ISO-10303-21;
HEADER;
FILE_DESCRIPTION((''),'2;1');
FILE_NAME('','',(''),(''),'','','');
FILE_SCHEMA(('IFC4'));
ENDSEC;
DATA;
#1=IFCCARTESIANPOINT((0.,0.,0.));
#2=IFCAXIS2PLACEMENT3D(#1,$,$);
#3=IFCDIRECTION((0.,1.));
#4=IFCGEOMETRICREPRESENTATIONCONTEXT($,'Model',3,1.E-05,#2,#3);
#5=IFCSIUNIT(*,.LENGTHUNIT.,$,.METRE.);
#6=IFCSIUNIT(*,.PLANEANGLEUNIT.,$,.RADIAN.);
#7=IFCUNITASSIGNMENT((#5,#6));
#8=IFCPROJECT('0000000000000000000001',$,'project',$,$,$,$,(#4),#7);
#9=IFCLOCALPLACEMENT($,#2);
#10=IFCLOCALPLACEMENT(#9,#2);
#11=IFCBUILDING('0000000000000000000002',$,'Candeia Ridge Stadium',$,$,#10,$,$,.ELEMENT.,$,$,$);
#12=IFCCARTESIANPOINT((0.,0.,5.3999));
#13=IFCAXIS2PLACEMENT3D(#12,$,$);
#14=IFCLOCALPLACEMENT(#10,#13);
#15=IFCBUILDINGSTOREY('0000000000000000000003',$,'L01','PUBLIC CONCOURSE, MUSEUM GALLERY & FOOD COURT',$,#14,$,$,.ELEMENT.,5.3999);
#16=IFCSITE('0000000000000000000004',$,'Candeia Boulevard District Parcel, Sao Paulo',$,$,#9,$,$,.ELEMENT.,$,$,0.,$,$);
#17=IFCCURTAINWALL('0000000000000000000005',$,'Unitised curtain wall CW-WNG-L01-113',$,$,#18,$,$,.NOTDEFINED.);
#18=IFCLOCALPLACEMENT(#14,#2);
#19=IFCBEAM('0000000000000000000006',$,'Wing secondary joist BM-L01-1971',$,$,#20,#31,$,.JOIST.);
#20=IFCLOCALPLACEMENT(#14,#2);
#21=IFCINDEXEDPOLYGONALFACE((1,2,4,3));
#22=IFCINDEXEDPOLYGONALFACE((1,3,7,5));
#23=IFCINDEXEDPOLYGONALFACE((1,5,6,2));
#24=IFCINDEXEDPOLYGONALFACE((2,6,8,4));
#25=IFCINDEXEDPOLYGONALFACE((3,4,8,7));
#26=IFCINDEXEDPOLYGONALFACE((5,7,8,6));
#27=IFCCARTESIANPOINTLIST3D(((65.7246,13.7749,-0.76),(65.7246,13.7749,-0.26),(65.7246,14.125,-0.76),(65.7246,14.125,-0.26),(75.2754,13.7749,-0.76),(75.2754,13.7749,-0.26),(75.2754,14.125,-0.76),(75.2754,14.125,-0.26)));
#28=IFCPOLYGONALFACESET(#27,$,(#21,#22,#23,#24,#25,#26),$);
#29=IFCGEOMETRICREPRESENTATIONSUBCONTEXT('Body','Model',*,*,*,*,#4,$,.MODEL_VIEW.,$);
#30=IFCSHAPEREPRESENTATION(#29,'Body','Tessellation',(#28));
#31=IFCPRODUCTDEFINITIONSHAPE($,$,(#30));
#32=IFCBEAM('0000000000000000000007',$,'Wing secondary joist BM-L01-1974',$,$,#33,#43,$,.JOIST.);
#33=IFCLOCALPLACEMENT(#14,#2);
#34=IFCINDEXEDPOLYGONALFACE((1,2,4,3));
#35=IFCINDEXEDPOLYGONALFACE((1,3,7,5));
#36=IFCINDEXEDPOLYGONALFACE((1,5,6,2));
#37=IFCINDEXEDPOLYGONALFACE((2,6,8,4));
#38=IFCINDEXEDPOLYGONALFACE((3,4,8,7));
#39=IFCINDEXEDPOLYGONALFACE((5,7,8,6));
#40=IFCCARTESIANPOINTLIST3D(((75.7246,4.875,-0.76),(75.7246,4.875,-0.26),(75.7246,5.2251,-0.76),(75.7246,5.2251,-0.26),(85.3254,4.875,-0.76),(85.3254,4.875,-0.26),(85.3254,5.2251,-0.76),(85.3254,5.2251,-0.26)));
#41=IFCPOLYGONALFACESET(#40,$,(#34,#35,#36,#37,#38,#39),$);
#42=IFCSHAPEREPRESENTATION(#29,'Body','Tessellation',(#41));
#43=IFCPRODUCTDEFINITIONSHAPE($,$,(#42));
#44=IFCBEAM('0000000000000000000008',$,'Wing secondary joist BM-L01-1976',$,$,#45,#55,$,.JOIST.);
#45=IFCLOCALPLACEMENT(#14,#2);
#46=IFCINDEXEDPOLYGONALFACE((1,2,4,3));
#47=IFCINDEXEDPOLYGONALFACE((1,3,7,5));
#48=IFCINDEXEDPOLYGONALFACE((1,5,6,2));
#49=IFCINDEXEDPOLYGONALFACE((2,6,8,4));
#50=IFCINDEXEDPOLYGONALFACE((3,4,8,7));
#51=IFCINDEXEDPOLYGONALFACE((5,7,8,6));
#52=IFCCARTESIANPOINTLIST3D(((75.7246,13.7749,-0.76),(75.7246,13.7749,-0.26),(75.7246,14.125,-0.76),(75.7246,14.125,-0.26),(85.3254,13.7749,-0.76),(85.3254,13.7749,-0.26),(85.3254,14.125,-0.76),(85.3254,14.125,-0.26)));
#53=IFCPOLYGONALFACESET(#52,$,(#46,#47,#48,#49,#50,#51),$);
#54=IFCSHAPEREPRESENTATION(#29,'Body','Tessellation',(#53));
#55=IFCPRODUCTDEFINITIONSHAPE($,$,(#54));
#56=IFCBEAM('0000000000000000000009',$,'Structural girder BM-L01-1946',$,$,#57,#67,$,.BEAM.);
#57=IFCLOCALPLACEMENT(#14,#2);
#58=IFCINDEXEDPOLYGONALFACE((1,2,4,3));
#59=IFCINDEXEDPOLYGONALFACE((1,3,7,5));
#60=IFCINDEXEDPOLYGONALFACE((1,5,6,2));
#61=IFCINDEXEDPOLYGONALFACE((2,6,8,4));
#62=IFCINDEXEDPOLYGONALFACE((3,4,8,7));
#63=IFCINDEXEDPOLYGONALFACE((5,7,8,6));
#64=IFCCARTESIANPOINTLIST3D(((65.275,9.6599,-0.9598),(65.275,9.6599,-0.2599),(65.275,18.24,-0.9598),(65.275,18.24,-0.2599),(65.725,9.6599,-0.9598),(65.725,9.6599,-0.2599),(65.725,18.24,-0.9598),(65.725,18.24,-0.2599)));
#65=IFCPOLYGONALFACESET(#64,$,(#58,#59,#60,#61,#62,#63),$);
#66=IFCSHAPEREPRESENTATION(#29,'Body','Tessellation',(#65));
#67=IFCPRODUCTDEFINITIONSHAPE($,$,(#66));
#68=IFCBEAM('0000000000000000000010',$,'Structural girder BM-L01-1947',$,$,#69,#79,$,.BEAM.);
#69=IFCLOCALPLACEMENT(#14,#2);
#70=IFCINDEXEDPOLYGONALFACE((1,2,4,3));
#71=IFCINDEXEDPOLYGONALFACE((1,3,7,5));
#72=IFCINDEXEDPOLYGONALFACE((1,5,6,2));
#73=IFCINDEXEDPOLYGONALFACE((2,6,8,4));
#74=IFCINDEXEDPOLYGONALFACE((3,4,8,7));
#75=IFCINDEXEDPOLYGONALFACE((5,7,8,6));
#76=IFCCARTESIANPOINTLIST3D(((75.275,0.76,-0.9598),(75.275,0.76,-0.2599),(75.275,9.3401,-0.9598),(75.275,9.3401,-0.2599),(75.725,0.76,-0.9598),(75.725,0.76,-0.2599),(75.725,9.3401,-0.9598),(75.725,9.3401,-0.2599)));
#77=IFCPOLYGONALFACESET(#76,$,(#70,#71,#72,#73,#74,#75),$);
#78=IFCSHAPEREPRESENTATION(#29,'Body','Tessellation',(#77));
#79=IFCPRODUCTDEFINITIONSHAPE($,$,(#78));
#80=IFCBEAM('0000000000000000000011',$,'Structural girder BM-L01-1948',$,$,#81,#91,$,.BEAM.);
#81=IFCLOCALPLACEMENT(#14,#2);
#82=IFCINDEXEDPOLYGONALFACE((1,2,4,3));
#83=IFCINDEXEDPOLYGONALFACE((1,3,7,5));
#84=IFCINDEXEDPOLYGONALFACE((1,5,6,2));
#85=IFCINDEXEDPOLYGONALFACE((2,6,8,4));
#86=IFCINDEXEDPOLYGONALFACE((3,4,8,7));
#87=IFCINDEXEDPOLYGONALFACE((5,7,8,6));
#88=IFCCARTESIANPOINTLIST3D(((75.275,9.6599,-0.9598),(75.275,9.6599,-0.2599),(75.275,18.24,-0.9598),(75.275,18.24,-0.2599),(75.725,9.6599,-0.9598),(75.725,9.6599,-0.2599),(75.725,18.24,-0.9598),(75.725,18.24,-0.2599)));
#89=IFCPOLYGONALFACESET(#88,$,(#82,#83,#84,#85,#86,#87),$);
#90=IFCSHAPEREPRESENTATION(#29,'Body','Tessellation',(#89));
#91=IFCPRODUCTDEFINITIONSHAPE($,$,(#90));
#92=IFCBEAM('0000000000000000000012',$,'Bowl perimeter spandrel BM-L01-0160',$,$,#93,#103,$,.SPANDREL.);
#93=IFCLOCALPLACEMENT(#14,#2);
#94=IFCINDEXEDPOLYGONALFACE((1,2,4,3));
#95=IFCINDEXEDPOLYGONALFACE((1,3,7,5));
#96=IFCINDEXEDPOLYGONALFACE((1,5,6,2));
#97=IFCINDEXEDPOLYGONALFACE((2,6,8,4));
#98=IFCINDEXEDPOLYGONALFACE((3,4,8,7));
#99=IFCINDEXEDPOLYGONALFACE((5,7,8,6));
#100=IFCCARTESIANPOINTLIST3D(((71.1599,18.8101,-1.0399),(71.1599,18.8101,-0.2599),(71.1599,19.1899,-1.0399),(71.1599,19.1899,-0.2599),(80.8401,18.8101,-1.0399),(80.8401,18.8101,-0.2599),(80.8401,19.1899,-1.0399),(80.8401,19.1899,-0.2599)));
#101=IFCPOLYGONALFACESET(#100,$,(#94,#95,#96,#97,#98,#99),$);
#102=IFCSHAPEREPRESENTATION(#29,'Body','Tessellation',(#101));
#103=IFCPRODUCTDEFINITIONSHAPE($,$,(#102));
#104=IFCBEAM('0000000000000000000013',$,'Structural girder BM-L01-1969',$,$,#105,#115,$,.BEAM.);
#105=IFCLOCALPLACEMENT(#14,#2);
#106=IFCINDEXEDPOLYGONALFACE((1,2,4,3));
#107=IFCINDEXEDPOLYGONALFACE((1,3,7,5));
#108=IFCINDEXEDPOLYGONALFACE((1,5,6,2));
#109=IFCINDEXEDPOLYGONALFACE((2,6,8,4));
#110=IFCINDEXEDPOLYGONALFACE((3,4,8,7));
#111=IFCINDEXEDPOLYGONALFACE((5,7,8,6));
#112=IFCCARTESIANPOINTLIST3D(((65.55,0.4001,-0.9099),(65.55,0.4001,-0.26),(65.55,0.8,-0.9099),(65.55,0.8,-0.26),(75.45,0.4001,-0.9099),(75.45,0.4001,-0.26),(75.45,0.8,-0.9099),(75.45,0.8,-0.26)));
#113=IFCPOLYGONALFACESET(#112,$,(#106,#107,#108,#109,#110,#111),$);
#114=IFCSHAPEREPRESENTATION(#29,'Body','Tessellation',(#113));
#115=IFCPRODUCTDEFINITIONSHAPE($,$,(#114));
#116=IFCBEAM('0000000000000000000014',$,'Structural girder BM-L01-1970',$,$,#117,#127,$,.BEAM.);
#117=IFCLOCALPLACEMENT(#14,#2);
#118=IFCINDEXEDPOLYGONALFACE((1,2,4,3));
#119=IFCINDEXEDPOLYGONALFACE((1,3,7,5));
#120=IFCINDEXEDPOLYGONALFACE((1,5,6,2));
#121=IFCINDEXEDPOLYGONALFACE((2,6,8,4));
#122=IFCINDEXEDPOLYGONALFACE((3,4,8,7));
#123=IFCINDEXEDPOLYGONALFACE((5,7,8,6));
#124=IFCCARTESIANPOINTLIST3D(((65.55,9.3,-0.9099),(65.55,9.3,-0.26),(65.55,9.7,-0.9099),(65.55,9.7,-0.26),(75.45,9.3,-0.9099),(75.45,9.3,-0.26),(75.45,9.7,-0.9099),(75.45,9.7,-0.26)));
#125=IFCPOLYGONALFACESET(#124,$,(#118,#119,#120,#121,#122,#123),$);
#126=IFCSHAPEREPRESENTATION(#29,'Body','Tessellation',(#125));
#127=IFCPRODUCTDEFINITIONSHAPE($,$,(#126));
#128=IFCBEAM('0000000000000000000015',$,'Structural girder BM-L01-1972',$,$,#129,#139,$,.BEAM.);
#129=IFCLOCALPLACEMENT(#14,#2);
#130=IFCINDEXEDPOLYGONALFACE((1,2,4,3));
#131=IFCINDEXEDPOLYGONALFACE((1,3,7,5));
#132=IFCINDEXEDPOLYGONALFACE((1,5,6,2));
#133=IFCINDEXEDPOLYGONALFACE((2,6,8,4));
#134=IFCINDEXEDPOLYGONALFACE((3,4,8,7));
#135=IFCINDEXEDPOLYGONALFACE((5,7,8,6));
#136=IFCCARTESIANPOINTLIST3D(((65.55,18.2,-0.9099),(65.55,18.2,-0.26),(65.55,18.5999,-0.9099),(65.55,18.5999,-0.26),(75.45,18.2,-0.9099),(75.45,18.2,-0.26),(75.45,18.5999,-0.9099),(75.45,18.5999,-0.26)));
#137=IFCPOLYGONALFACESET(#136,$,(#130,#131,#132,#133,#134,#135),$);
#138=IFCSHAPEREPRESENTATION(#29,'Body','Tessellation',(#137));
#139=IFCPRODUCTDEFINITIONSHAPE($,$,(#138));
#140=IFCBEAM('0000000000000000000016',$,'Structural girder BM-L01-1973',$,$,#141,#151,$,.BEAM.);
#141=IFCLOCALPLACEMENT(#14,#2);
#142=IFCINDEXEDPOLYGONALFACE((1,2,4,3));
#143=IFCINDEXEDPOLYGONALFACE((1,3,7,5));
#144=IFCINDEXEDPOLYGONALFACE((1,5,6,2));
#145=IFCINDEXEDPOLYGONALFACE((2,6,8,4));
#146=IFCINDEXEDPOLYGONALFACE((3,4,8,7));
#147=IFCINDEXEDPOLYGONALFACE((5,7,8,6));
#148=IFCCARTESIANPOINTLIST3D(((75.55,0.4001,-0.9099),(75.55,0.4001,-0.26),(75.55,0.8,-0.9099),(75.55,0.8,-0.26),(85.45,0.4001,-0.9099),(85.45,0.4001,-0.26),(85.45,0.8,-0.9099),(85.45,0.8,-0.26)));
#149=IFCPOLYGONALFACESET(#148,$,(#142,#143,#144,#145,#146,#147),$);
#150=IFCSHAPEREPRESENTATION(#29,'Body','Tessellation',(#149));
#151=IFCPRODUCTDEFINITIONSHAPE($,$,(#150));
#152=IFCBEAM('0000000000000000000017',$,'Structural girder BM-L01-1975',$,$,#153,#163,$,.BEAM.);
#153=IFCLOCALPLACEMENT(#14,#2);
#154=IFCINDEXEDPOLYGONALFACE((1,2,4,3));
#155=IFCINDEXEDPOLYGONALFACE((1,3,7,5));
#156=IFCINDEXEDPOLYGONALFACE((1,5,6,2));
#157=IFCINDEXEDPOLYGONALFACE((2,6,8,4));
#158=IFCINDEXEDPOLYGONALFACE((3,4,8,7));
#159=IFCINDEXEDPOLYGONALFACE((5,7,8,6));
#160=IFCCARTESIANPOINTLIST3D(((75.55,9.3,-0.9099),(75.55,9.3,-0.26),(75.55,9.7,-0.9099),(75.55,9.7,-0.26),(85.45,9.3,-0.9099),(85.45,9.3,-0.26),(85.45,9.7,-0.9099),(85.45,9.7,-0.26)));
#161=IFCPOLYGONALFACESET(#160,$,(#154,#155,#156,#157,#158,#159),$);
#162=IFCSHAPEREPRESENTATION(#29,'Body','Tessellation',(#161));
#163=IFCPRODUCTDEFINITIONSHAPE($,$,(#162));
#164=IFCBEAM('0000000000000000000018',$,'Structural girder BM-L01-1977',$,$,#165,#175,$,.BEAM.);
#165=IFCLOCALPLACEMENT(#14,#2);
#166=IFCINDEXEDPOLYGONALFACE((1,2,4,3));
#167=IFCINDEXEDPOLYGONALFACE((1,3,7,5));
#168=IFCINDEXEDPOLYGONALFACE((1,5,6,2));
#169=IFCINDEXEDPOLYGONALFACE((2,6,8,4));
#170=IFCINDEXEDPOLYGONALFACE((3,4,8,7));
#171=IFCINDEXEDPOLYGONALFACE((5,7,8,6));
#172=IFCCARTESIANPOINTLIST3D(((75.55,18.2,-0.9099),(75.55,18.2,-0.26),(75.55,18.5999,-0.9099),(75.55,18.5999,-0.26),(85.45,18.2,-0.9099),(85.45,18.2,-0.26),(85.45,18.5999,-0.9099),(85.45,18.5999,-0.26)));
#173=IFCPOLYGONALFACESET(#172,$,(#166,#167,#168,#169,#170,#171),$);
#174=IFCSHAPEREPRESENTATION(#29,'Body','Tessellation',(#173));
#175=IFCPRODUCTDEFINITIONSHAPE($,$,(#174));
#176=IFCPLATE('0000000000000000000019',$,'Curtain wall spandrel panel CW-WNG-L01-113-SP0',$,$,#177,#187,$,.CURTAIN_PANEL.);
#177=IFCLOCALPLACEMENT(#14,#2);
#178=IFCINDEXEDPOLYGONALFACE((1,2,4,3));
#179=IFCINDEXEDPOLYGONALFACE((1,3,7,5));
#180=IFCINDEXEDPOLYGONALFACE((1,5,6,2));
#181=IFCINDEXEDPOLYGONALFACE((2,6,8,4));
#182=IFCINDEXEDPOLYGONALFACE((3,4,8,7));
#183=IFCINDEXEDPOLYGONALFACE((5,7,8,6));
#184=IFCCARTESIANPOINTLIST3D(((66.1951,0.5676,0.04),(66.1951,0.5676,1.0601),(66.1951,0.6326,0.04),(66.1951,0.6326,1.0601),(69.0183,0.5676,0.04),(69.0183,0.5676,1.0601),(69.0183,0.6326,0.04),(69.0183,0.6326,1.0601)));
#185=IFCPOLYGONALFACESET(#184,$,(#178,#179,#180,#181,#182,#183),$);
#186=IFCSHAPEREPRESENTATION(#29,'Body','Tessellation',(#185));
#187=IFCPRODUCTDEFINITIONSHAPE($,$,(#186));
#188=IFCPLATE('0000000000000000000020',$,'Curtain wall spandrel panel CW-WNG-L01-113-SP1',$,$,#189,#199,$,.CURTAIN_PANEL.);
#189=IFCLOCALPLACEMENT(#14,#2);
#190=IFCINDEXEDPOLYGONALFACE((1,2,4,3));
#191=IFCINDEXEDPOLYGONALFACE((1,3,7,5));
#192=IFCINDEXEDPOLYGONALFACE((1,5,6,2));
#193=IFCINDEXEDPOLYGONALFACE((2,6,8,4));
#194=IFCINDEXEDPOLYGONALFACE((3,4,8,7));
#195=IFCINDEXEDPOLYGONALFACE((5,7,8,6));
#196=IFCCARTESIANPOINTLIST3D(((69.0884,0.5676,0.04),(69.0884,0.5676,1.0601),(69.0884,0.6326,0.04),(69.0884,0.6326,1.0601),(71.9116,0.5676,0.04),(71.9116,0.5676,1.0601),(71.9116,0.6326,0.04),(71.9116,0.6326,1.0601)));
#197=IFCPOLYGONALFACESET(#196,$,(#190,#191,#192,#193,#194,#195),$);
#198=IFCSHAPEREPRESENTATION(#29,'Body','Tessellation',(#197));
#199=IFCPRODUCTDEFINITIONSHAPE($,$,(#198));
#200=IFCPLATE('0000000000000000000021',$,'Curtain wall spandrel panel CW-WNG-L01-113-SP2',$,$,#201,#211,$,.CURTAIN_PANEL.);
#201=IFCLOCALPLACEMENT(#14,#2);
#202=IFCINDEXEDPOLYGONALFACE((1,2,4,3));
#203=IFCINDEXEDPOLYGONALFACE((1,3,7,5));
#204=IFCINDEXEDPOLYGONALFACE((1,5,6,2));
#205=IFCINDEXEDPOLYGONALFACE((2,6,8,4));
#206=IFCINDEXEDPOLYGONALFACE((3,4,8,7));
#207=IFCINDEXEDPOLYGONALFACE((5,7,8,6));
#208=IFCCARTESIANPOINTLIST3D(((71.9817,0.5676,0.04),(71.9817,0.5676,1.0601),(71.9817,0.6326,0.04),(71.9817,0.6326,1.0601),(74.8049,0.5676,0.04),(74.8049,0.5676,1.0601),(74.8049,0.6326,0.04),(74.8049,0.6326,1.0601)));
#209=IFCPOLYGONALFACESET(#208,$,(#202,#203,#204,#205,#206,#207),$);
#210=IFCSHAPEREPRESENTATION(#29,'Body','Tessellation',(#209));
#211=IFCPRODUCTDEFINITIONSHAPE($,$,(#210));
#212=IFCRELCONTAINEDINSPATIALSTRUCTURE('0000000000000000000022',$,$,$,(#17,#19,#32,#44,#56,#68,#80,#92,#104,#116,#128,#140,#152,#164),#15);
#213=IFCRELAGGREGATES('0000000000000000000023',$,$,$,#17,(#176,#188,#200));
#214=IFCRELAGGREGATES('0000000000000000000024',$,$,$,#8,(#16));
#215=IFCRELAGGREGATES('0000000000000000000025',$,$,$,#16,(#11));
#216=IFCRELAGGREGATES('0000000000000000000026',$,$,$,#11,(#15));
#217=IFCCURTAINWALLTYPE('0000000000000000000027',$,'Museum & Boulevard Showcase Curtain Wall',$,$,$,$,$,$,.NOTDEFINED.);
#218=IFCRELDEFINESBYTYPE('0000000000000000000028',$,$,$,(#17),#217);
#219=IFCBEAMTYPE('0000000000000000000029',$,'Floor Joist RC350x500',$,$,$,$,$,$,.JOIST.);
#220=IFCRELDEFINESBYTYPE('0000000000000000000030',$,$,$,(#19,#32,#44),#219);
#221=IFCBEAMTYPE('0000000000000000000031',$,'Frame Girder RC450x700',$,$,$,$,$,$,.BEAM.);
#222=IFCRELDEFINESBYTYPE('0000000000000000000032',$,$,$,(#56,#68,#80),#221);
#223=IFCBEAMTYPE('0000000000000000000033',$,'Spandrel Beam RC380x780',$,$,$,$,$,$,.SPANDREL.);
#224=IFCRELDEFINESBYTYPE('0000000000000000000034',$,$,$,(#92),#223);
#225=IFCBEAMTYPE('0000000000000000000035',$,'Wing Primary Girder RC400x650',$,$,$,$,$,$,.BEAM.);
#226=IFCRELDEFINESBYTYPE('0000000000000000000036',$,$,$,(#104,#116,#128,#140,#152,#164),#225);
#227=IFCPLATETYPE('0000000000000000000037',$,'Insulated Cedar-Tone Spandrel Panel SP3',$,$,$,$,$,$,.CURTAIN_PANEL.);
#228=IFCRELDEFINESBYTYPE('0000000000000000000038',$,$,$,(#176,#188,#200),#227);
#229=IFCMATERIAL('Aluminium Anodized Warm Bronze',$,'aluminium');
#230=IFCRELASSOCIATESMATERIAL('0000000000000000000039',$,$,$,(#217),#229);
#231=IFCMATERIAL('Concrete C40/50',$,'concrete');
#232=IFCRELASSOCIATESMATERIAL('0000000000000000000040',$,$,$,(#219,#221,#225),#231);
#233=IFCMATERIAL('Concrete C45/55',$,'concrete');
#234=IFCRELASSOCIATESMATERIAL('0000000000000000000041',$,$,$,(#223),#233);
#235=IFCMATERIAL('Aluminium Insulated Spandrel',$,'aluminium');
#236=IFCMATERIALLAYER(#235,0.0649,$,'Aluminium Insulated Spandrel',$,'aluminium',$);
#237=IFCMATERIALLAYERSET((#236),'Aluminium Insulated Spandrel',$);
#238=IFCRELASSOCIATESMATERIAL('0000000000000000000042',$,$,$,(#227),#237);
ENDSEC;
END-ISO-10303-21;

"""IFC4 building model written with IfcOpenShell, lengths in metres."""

from ifc_helpers import new_model, si_unit, direction, frame, origin, origin_2d, place, context, subcontext, project, spatial, rectangle, extrude, material, layer, layer_set, material_profile, profile_set, type_object, element, aggregate, save


model = new_model("IFC4")

# Units and contexts
model_context = context("Model", 3, precision=1e-05, world=origin(), true_north=direction((0.0, 1.0)))
body_context = subcontext(model_context, "Body", "Model", "MODEL_VIEW")
ifc_project = project(units=[si_unit("LENGTHUNIT", "METRE"), si_unit("PLANEANGLEUNIT", "RADIAN")], contexts=[model_context])

# Site, building, storey
site_placement = place(None, origin())
site = spatial("IfcSite", under=ifc_project, at=site_placement, Name="Candeia Boulevard District Parcel, Sao Paulo", CompositionType="ELEMENT", RefElevation=0.0)
building_placement = place(site_placement, origin())
building = spatial("IfcBuilding", under=site, at=building_placement, Name="Candeia Ridge Stadium", CompositionType="ELEMENT")
storey_placement = place(building_placement, frame((0.0, 0.0, 5.3999)))
storey = spatial("IfcBuildingStorey", under=building, at=storey_placement, Name="L01", Description="PUBLIC CONCOURSE, MUSEUM GALLERY & FOOD COURT", CompositionType="ELEMENT", Elevation=5.3999)

# Shared definitions
ifc_material_1 = material(Name="Concrete C45/55", Category="concrete")
ifc_material_2 = material(Name="Concrete C40/50", Category="concrete")

# Curtain wall
ifc_material_3 = material(Name="Aluminium Anodized Warm Bronze", Category="aluminium")
curtain_wall_type = type_object("IfcCurtainWallType", Name="Museum & Boulevard Showcase Curtain Wall", PredefinedType="NOTDEFINED", material=ifc_material_3)
curtain_wall_placement = place(storey_placement, origin())
curtain_wall = element("IfcCurtainWall", 1, at=curtain_wall_placement, inside=storey, type_object=curtain_wall_type, Name="Unitised curtain wall CW-WNG-L01-113", PredefinedType="NOTDEFINED")

# Beams
ifc_material_profile_1 = material_profile(ifc_material_2, rectangle(XDim=0.3501, YDim=0.5, at=origin_2d()), Name="RC350x500", Category="concrete")
ifc_profile_set_1 = profile_set([ifc_material_profile_1], Name="Concrete C40/50")
beam_type_1 = type_object("IfcBeamType", Name="Floor Joist RC350x500", PredefinedType="JOIST", material=ifc_profile_set_1)
beam_1_placement = place(storey_placement, frame((65.7246, 13.95, -0.51), z_axis=(1.0, 0.0, 0.0), x_axis=(0.0, 1.0, 0.0)))
element("IfcBeam", 2, at=beam_1_placement, inside=storey, type_object=beam_type_1, Name="Wing secondary joist BM-L01-1971", PredefinedType="JOIST", context=body_context, shape_type="SweptSolid", body=[
    extrude(rectangle(XDim=0.3501, YDim=0.5, at=origin_2d()), origin(), (0.0, 0.0, 1.0), 9.5508),
])
for number, where, z_axis, x_axis, name in (
    (3, (75.7246, 5.05, -0.51), (1.0, 0.0, 0.0), (0.0, 1.0, 0.0), "Wing secondary joist BM-L01-1974"),
    (4, (75.7246, 13.95, -0.51), (1.0, 0.0, 0.0), (0.0, 1.0, 0.0), "Wing secondary joist BM-L01-1976"),
):
    element("IfcBeam", number, at=place(storey_placement, frame(where, z_axis=z_axis, x_axis=x_axis)), inside=storey, type_object=beam_type_1, Name=name, PredefinedType="JOIST", context=body_context, shape_type="SweptSolid", body=[
        extrude(rectangle(XDim=0.3501, YDim=0.5, at=origin_2d()), origin(), (0.0, 0.0, 1.0), 9.6008),
    ])
ifc_material_profile_2 = material_profile(ifc_material_2, rectangle(XDim=0.45, YDim=0.7, at=origin_2d()), Name="RC450x700", Category="concrete")
ifc_profile_set_2 = profile_set([ifc_material_profile_2], Name="Concrete C40/50")
beam_type_2 = type_object("IfcBeamType", Name="Frame Girder RC450x700", PredefinedType="BEAM", material=ifc_profile_set_2)
for number, where, z_axis, x_axis, name in (
    (5, (65.5, 9.6599, -0.6099), (0.0, 1.0, 0.0), (-1.0, 0.0, 0.0), "Structural girder BM-L01-1946"),
    (6, (75.5, 0.76, -0.6099), (0.0, 1.0, 0.0), (-1.0, 0.0, 0.0), "Structural girder BM-L01-1947"),
    (7, (75.5, 9.6599, -0.6099), (0.0, 1.0, 0.0), (-1.0, 0.0, 0.0), "Structural girder BM-L01-1948"),
):
    element("IfcBeam", number, at=place(storey_placement, frame(where, z_axis=z_axis, x_axis=x_axis)), inside=storey, type_object=beam_type_2, Name=name, PredefinedType="BEAM", context=body_context, shape_type="SweptSolid", body=[
        extrude(rectangle(XDim=0.45, YDim=0.7, at=origin_2d()), origin(), (0.0, 0.0, 1.0), 8.5801),
    ])
ifc_material_profile_3 = material_profile(ifc_material_1, rectangle(XDim=0.3799, YDim=0.78, at=origin_2d()), Name="RC380x780", Category="concrete")
ifc_profile_set_3 = profile_set([ifc_material_profile_3], Name="Concrete C45/55")
beam_type_3 = type_object("IfcBeamType", Name="Spandrel Beam RC380x780", PredefinedType="SPANDREL", material=ifc_profile_set_3)
beam_2_placement = place(storey_placement, frame((71.1599, 19.0, -0.6499), z_axis=(1.0, 0.0, 0.0), x_axis=(0.0, 1.0, 0.0)))
element("IfcBeam", 8, at=beam_2_placement, inside=storey, type_object=beam_type_3, Name="Bowl perimeter spandrel BM-L01-0160", PredefinedType="SPANDREL", context=body_context, shape_type="SweptSolid", body=[
    extrude(rectangle(XDim=0.3799, YDim=0.78, at=origin_2d()), origin(), (0.0, 0.0, 1.0), 9.6802),
])
ifc_material_profile_4 = material_profile(ifc_material_2, rectangle(XDim=0.3999, YDim=0.6499, at=origin_2d()), Name="RC400x650", Category="concrete")
ifc_profile_set_4 = profile_set([ifc_material_profile_4], Name="Concrete C40/50")
beam_type_4 = type_object("IfcBeamType", Name="Wing Primary Girder RC400x650", PredefinedType="BEAM", material=ifc_profile_set_4)
for number, where, z_axis, x_axis, name in (
    (9, (65.55, 0.6001, -0.585), (1.0, 0.0, 0.0), (0.0, 1.0, 0.0), "Structural girder BM-L01-1969"),
    (10, (65.55, 9.5, -0.585), (1.0, 0.0, 0.0), (0.0, 1.0, 0.0), "Structural girder BM-L01-1970"),
    (11, (65.55, 18.3999, -0.585), (1.0, 0.0, 0.0), (0.0, 1.0, 0.0), "Structural girder BM-L01-1972"),
    (12, (75.55, 0.6001, -0.585), (1.0, 0.0, 0.0), (0.0, 1.0, 0.0), "Structural girder BM-L01-1973"),
    (13, (75.55, 9.5, -0.585), (1.0, 0.0, 0.0), (0.0, 1.0, 0.0), "Structural girder BM-L01-1975"),
    (14, (75.55, 18.3999, -0.585), (1.0, 0.0, 0.0), (0.0, 1.0, 0.0), "Structural girder BM-L01-1977"),
):
    element("IfcBeam", number, at=place(storey_placement, frame(where, z_axis=z_axis, x_axis=x_axis)), inside=storey, type_object=beam_type_4, Name=name, PredefinedType="BEAM", context=body_context, shape_type="SweptSolid", body=[
        extrude(rectangle(XDim=0.3999, YDim=0.6499, at=origin_2d()), origin(), (0.0, 0.0, 1.0), 9.8999),
    ])

# Plates
ifc_material_4 = material(Name="Aluminium Insulated Spandrel", Category="aluminium")
ifc_layer_1 = layer(ifc_material_4, 0.0649, Name="Aluminium Insulated Spandrel", Category="aluminium")
ifc_layer_set_1 = layer_set([ifc_layer_1], Name="Aluminium Insulated Spandrel")
plate_type_1 = type_object("IfcPlateType", Name="Insulated Cedar-Tone Spandrel Panel SP3", PredefinedType="CURTAIN_PANEL", material=ifc_layer_set_1)
plate_1_placement = place(storey_placement, frame((67.6067, 0.6001, 0.04), z_axis=(0.0, 0.0, 1.0), x_axis=(1.0, 0.0, 0.0)))
plate_1 = element("IfcPlate", 15, at=plate_1_placement, type_object=plate_type_1, Name="Curtain wall spandrel panel CW-WNG-L01-113-SP0", PredefinedType="CURTAIN_PANEL", context=body_context, shape_type="SweptSolid", body=[
    extrude(rectangle(XDim=2.8232, YDim=0.0649, at=origin_2d()), origin(), (0.0, 0.0, 1.0), 1.02),
])
plate_2_placement = place(storey_placement, frame((70.5, 0.6001, 0.04), z_axis=(0.0, 0.0, 1.0), x_axis=(1.0, 0.0, 0.0)))
plate_2 = element("IfcPlate", 16, at=plate_2_placement, type_object=plate_type_1, Name="Curtain wall spandrel panel CW-WNG-L01-113-SP1", PredefinedType="CURTAIN_PANEL", context=body_context, shape_type="SweptSolid", body=[
    extrude(rectangle(XDim=2.8232, YDim=0.0649, at=origin_2d()), origin(), (0.0, 0.0, 1.0), 1.02),
])
plate_3_placement = place(storey_placement, frame((73.3933, 0.6001, 0.04), z_axis=(0.0, 0.0, 1.0), x_axis=(1.0, 0.0, 0.0)))
plate_3 = element("IfcPlate", 17, at=plate_3_placement, type_object=plate_type_1, Name="Curtain wall spandrel panel CW-WNG-L01-113-SP2", PredefinedType="CURTAIN_PANEL", context=body_context, shape_type="SweptSolid", body=[
    extrude(rectangle(XDim=2.8232, YDim=0.0649, at=origin_2d()), origin(), (0.0, 0.0, 1.0), 1.02),
])
aggregate(curtain_wall, [plate_1, plate_2, plate_3])

save(model, "model.ifc")
